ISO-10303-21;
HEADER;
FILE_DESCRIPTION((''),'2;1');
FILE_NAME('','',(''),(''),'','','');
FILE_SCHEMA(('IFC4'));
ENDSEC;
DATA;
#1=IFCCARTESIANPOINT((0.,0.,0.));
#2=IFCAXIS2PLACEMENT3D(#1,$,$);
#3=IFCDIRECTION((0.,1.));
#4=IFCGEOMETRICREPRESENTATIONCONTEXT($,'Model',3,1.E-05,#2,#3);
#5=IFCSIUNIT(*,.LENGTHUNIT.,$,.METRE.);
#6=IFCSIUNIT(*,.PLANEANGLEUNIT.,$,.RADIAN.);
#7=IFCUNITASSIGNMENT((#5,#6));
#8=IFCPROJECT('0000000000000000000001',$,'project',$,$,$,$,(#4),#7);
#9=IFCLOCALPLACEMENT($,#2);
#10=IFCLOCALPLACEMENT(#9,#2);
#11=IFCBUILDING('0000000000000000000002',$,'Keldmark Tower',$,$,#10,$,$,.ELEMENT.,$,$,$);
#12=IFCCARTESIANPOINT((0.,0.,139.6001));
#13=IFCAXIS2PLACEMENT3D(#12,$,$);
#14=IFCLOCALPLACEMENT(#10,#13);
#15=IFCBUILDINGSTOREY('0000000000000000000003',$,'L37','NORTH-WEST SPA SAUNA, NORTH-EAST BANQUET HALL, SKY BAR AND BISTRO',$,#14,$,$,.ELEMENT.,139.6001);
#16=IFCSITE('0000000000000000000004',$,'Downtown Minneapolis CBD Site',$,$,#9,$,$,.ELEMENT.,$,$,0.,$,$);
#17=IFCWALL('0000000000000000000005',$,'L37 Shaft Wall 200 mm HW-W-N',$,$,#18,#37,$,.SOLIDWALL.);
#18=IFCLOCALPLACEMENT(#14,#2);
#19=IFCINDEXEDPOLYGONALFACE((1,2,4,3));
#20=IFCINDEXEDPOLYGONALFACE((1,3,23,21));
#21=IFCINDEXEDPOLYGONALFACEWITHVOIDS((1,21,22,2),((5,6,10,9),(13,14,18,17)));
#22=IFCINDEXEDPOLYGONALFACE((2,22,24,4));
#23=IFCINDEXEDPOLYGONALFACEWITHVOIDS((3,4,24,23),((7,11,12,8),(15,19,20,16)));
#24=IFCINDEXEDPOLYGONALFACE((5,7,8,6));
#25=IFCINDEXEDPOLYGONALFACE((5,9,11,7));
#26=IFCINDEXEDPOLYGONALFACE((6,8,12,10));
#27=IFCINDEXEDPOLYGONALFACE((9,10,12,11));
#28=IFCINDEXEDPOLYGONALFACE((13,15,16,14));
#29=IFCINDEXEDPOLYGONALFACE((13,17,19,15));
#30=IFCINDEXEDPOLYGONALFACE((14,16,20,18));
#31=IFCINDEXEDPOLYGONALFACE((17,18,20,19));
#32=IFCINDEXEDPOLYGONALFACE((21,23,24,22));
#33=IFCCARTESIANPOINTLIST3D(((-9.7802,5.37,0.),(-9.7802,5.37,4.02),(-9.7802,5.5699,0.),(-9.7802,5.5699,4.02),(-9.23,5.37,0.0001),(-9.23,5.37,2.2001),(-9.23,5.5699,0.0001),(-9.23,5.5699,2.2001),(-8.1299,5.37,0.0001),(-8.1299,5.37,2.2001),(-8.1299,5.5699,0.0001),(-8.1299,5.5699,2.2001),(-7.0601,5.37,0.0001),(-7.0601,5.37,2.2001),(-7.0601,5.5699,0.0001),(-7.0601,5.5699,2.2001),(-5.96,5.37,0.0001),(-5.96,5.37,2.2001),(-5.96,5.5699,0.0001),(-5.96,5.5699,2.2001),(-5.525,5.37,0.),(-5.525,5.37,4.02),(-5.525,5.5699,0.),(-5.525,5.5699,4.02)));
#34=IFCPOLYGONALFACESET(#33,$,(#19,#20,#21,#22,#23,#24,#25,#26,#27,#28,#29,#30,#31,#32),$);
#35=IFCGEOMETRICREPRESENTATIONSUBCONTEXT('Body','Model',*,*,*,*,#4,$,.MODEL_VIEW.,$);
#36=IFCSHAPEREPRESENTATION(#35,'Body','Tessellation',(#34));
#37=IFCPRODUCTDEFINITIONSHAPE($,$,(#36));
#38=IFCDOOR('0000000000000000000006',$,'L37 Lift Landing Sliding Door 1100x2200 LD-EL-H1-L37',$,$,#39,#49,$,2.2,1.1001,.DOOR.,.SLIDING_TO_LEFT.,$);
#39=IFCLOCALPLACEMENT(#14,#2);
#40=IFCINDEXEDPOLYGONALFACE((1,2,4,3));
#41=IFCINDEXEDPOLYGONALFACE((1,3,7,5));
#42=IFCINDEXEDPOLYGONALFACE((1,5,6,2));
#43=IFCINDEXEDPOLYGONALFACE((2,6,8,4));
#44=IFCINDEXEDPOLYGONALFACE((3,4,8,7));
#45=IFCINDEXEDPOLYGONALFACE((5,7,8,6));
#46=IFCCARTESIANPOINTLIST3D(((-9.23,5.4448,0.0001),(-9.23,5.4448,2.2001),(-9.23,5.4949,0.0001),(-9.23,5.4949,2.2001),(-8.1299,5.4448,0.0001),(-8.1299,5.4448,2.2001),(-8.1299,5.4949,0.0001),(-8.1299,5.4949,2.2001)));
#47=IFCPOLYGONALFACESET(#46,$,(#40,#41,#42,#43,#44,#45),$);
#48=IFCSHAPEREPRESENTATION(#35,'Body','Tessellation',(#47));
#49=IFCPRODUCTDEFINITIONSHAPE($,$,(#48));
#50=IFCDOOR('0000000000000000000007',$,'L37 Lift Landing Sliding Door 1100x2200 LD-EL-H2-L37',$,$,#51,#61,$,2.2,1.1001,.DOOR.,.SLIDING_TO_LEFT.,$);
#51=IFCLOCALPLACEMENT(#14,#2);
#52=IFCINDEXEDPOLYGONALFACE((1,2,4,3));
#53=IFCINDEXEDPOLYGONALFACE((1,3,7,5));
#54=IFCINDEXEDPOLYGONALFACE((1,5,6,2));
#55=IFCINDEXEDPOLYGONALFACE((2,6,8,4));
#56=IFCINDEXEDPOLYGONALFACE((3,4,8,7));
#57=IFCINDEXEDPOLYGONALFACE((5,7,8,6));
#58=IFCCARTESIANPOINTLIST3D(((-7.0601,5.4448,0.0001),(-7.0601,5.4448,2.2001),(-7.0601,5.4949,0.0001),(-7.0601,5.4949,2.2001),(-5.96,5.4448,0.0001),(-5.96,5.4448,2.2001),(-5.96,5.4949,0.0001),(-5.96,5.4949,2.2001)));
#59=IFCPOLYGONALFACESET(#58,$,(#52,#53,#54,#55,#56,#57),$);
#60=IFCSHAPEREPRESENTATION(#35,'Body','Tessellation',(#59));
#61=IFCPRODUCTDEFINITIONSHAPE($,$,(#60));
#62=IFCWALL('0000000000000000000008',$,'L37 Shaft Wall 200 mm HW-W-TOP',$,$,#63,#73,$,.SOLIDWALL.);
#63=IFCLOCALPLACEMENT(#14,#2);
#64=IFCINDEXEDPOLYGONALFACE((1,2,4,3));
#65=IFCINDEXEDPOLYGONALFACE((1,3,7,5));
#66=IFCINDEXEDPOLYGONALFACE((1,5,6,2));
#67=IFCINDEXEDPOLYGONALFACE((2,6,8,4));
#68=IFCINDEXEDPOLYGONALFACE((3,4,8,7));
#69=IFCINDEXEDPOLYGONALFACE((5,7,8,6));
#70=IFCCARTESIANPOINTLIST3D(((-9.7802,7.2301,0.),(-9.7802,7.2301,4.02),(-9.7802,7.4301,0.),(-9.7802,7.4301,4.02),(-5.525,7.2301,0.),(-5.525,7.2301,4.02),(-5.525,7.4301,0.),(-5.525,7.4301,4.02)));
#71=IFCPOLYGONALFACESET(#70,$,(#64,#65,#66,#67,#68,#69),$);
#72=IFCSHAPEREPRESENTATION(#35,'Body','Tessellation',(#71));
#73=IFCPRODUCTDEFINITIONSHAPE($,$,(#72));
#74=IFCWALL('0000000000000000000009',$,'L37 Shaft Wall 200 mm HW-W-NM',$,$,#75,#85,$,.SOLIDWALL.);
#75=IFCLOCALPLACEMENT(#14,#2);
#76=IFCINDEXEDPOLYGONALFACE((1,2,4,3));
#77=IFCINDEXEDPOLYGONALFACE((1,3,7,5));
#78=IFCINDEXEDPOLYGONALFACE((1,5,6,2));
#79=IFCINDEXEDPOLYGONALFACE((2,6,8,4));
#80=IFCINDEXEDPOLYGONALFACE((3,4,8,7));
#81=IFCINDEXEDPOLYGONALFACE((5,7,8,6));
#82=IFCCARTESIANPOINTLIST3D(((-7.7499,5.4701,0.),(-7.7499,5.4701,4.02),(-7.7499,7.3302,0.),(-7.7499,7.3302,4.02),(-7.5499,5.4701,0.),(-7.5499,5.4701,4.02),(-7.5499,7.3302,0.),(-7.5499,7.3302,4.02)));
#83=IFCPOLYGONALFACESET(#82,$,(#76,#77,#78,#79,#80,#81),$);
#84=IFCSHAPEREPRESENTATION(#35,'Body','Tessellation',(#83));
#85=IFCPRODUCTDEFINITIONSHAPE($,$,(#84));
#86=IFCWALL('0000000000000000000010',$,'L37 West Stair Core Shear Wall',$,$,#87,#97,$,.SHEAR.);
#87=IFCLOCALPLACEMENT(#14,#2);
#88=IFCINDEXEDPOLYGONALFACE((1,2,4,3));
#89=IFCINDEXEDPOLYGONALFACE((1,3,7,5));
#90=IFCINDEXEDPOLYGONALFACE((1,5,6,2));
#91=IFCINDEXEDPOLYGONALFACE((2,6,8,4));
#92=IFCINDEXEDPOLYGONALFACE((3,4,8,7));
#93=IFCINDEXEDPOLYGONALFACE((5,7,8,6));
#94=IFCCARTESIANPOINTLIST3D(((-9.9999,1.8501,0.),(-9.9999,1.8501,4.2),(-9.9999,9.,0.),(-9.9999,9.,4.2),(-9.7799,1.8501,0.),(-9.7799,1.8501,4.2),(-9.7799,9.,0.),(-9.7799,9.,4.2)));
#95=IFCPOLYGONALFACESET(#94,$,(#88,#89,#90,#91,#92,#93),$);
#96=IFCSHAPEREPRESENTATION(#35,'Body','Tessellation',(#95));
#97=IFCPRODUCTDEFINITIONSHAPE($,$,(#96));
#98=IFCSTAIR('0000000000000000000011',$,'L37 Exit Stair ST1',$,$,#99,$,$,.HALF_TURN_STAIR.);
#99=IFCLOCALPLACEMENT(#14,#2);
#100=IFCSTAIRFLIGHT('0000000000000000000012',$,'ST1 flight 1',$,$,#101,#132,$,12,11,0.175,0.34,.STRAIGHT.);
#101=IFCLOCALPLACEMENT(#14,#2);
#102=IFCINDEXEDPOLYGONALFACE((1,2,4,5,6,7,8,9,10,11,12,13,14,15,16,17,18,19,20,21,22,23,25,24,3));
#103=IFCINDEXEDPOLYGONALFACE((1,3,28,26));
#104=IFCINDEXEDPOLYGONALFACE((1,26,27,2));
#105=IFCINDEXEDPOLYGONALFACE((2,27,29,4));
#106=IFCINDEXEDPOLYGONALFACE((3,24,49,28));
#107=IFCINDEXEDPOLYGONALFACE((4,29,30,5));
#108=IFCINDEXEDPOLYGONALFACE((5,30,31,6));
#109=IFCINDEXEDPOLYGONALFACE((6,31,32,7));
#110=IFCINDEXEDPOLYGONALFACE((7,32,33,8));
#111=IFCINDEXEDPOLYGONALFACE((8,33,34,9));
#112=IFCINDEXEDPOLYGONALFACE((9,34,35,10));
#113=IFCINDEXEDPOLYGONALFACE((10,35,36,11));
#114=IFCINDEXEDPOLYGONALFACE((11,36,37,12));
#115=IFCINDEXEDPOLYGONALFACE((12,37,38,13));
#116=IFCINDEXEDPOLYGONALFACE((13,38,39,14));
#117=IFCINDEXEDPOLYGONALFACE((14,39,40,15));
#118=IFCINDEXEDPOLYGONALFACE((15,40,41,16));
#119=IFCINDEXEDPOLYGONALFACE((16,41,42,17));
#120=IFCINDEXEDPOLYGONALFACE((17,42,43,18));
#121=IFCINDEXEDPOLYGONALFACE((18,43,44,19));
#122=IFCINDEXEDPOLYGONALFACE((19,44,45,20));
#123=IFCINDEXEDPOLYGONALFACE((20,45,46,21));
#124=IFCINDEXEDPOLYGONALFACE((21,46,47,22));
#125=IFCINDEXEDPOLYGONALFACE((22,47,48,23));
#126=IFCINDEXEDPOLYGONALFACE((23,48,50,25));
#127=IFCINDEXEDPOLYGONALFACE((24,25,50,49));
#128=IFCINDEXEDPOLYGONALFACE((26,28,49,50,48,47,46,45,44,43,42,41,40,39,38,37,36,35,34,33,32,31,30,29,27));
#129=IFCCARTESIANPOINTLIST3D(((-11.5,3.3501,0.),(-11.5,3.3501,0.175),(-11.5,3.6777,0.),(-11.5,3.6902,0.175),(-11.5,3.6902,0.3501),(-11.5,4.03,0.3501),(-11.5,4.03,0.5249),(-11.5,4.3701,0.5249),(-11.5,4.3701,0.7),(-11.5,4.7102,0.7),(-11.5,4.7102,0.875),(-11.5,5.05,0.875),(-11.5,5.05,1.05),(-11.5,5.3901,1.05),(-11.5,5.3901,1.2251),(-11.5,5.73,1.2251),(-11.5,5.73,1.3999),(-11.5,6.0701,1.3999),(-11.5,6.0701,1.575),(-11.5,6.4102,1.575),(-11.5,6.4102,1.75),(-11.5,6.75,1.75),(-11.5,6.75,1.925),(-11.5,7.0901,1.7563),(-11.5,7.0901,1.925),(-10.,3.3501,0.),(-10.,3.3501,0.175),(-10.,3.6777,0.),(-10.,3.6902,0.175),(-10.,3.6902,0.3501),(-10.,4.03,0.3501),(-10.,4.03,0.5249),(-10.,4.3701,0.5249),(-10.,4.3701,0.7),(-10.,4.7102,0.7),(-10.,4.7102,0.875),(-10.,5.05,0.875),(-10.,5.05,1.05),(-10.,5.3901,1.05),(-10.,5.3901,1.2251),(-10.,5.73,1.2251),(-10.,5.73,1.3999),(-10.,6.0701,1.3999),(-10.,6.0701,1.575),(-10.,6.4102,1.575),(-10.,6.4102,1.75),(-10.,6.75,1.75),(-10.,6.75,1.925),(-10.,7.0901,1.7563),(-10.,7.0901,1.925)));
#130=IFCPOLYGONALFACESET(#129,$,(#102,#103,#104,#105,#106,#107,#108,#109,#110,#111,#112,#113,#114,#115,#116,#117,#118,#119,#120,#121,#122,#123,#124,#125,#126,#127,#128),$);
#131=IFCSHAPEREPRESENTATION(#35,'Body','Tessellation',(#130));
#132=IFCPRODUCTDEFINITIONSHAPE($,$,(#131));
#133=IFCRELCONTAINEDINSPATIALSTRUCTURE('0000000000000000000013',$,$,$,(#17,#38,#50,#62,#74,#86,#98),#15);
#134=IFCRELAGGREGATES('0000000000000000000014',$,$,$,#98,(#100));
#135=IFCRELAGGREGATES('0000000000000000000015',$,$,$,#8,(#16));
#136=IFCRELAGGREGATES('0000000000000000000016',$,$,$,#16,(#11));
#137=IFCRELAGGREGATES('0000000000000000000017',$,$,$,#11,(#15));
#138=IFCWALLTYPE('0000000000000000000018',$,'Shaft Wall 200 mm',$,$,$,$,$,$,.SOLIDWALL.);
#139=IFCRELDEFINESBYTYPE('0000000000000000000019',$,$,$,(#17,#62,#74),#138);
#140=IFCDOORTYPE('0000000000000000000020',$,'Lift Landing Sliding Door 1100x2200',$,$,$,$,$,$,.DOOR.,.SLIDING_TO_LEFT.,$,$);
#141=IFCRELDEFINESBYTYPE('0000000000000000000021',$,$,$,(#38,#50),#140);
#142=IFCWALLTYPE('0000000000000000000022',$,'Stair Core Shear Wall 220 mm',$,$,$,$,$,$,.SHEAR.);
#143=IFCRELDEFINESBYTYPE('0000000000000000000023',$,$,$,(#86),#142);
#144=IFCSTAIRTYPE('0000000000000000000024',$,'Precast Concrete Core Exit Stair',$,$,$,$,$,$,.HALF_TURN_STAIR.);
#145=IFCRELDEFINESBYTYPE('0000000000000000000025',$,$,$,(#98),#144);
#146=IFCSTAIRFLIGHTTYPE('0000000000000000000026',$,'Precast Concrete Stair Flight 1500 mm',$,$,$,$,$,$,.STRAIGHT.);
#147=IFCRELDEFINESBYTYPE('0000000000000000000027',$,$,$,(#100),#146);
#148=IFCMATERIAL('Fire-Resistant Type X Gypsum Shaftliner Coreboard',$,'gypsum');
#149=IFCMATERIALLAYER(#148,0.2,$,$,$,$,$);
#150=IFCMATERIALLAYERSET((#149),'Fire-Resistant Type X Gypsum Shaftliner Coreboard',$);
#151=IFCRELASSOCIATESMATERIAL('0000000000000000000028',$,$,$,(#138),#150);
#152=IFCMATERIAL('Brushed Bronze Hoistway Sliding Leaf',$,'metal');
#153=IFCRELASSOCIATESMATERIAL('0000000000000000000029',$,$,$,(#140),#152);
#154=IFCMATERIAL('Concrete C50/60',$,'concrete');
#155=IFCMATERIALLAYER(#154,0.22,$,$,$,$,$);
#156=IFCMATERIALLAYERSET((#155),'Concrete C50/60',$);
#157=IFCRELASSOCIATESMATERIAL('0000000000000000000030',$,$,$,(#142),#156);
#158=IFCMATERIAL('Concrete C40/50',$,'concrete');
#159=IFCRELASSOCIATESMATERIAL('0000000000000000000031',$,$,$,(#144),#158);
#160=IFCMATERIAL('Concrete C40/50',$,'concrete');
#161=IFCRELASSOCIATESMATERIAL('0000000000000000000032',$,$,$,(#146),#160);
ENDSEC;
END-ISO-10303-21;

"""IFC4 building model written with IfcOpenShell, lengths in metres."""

from ifc_helpers import new_model, si_unit, direction, frame, frame_2d, origin, place, context, subcontext, project, spatial, polyline, rectangle, outline, extrude, material, layer, layer_set, type_object, element, fill, aggregate, save


model = new_model("IFC4")

# Units and contexts
model_context = context("Model", 3, precision=1e-05, world=origin(), true_north=direction((0.0, 1.0)))
body_context = subcontext(model_context, "Body", "Model", "MODEL_VIEW")
ifc_project = project(units=[si_unit("LENGTHUNIT", "METRE"), si_unit("PLANEANGLEUNIT", "RADIAN")], contexts=[model_context])

# Site, building, storey
site_placement = place(None, origin())
site = spatial("IfcSite", under=ifc_project, at=site_placement, Name="Downtown Minneapolis CBD Site", CompositionType="ELEMENT", RefElevation=0.0)
building_placement = place(site_placement, origin())
building = spatial("IfcBuilding", under=site, at=building_placement, Name="Keldmark Tower", CompositionType="ELEMENT")
storey_placement = place(building_placement, frame((0.0, 0.0, 139.6001)))
storey = spatial("IfcBuildingStorey", under=building, at=storey_placement, Name="L37", Description="NORTH-WEST SPA SAUNA, NORTH-EAST BANQUET HALL, SKY BAR AND BISTRO", CompositionType="ELEMENT", Elevation=139.6001)

# Shared definitions
ifc_material_1 = material(Name="Fire-Resistant Type X Gypsum Shaftliner Coreboard", Category="gypsum")
ifc_layer_1 = layer(ifc_material_1, 0.2)
ifc_layer_set_1 = layer_set([ifc_layer_1], Name="Fire-Resistant Type X Gypsum Shaftliner Coreboard")
wall_type_1 = type_object("IfcWallType", Name="Shaft Wall 200 mm", PredefinedType="SOLIDWALL", material=ifc_layer_set_1)
ifc_material_2 = material(Name="Brushed Bronze Hoistway Sliding Leaf", Category="metal")
door_type_1 = type_object("IfcDoorType", Name="Lift Landing Sliding Door 1100x2200", OperationType="SLIDING_TO_LEFT", PredefinedType="DOOR", material=ifc_material_2)

# Wall, openings, doors
wall_1_placement = place(storey_placement, frame((-9.78, 5.47, 0.0), z_axis=(0.0, 0.0, 1.0), x_axis=(1.0, 0.0, 0.0)))
wall_1 = element("IfcWall", 1, at=wall_1_placement, inside=storey, type_object=wall_type_1, Name="L37 Shaft Wall 200 mm HW-W-N", PredefinedType="SOLIDWALL", context=body_context, shape_type="SweptSolid", body=[
    extrude(rectangle(XDim=4.2551, YDim=0.2, at=frame_2d((2.1274, 0.0))), origin(), (0.0, 0.0, 1.0), 4.02),
])
opening_1_placement = place(wall_1_placement, frame((0.55, 0.0, 0.0)))
opening_1 = element("IfcOpeningElement", 2, at=opening_1_placement, cuts=wall_1, PredefinedType="OPENING", context=body_context, shape_type="SweptSolid", body=[
    extrude(rectangle(XDim=1.1001, YDim=2.2, at=frame_2d((0.55, 1.1001))), frame((0.0, 0.1099, 0.0), z_axis=(0.0, -1.0, 0.0), x_axis=(1.0, 0.0, 0.0)), (0.0, 0.0, 1.0), 0.22),
])
opening_2_placement = place(wall_1_placement, frame((2.72, 0.0, 0.0)))
opening_2 = element("IfcOpeningElement", 3, at=opening_2_placement, cuts=wall_1, PredefinedType="OPENING", context=body_context, shape_type="SweptSolid", body=[
    extrude(rectangle(XDim=1.1001, YDim=2.2, at=frame_2d((0.55, 1.1001))), frame((0.0, 0.1099, 0.0), z_axis=(0.0, -1.0, 0.0), x_axis=(1.0, 0.0, 0.0)), (0.0, 0.0, 1.0), 0.22),
])
door_1_placement = place(opening_1_placement, origin())
door_1 = element("IfcDoor", 4, at=door_1_placement, inside=storey, type_object=door_type_1, Name="L37 Lift Landing Sliding Door 1100x2200 LD-EL-H1-L37", OperationType="SLIDING_TO_LEFT", OverallHeight=2.2, OverallWidth=1.1001, PredefinedType="DOOR", context=body_context, shape_type="SweptSolid", body=[
    extrude(rectangle(XDim=1.1001, YDim=2.2, at=frame_2d((0.55, 1.1001))), frame((0.0, 0.0249, 0.0), z_axis=(0.0, -1.0, 0.0), x_axis=(1.0, 0.0, 0.0)), (0.0, 0.0, 1.0), 0.05),
])
fill(opening_1, door_1)
door_2_placement = place(opening_2_placement, origin())
door_2 = element("IfcDoor", 5, at=door_2_placement, inside=storey, type_object=door_type_1, Name="L37 Lift Landing Sliding Door 1100x2200 LD-EL-H2-L37", OperationType="SLIDING_TO_LEFT", OverallHeight=2.2, OverallWidth=1.1001, PredefinedType="DOOR", context=body_context, shape_type="SweptSolid", body=[
    extrude(rectangle(XDim=1.1001, YDim=2.2, at=frame_2d((0.55, 1.1001))), frame((0.0, 0.0249, 0.0), z_axis=(0.0, -1.0, 0.0), x_axis=(1.0, 0.0, 0.0)), (0.0, 0.0, 1.0), 0.05),
])
fill(opening_2, door_2)

# Walls
wall_2_placement = place(storey_placement, frame((-9.78, 7.3301, 0.0), z_axis=(0.0, 0.0, 1.0), x_axis=(1.0, 0.0, 0.0)))
element("IfcWall", 6, at=wall_2_placement, inside=storey, type_object=wall_type_1, Name="L37 Shaft Wall 200 mm HW-W-TOP", PredefinedType="SOLIDWALL", context=body_context, shape_type="SweptSolid", body=[
    extrude(rectangle(XDim=4.2551, YDim=0.2, at=frame_2d((2.1274, 0.0))), origin(), (0.0, 0.0, 1.0), 4.02),
])
wall_3_placement = place(storey_placement, frame((-7.6499, 5.47, 0.0), z_axis=(0.0, 0.0, 1.0), x_axis=(0.0, 1.0, 0.0)))
element("IfcWall", 7, at=wall_3_placement, inside=storey, type_object=wall_type_1, Name="L37 Shaft Wall 200 mm HW-W-NM", PredefinedType="SOLIDWALL", context=body_context, shape_type="SweptSolid", body=[
    extrude(rectangle(XDim=1.8601, YDim=0.2, at=frame_2d((0.9302, 0.0))), origin(), (0.0, 0.0, 1.0), 4.02),
])
ifc_material_3 = material(Name="Concrete C50/60", Category="concrete")
ifc_layer_2 = layer(ifc_material_3, 0.22)
ifc_layer_set_2 = layer_set([ifc_layer_2], Name="Concrete C50/60")
wall_type_2 = type_object("IfcWallType", Name="Stair Core Shear Wall 220 mm", PredefinedType="SHEAR", material=ifc_layer_set_2)
wall_4_placement = place(storey_placement, frame((-9.8899, 1.8501, 0.0), z_axis=(0.0, 0.0, 1.0), x_axis=(0.0, 1.0, 0.0)))
element("IfcWall", 8, at=wall_4_placement, inside=storey, type_object=wall_type_2, Name="L37 West Stair Core Shear Wall", PredefinedType="SHEAR", context=body_context, shape_type="SweptSolid", body=[
    extrude(rectangle(XDim=7.1499, YDim=0.22, at=frame_2d((3.575, 0.0))), origin(), (0.0, 0.0, 1.0), 4.2),
])

# Stair, stair flight
ifc_material_4 = material(Name="Concrete C40/50", Category="concrete")
stair_type = type_object("IfcStairType", Name="Precast Concrete Core Exit Stair", PredefinedType="HALF_TURN_STAIR", material=ifc_material_4)
stair_placement = place(storey_placement, origin())
stair = element("IfcStair", 9, at=stair_placement, inside=storey, type_object=stair_type, Name="L37 Exit Stair ST1", PredefinedType="HALF_TURN_STAIR")
ifc_material_5 = material(Name="Concrete C40/50", Category="concrete")
stair_flight_type = type_object("IfcStairFlightType", Name="Precast Concrete Stair Flight 1500 mm", PredefinedType="STRAIGHT", material=ifc_material_5)
stair_flight_placement = place(storey_placement, frame((-10.75, 3.3501, 0.0), z_axis=(0.0, 0.0, 1.0), x_axis=(0.0, 1.0, 0.0)))
stair_flight = element("IfcStairFlight", 10, at=stair_flight_placement, type_object=stair_flight_type, Name="ST1 flight 1", NumberOfRisers=12, NumberOfTreads=11, PredefinedType="STRAIGHT", RiserHeight=0.175, TreadLength=0.34, context=body_context, shape_type="SweptSolid", body=[
    extrude(outline(polyline([(0.0, 0.0), (0.0, 0.175), (0.3401, 0.175), (0.3401, 0.3501), (0.6799, 0.3501), (0.6799, 0.5249), (1.02, 0.5249), (1.02, 0.7), (1.3601, 0.7), (1.3601, 0.875), (1.7, 0.875), (1.7, 1.05), (2.04, 1.05), (2.04, 1.2251), (2.3799, 1.2251), (2.3799, 1.3999), (2.72, 1.3999), (2.72, 1.575), (3.0601, 1.575), (3.0601, 1.75), (3.3999, 1.75), (3.3999, 1.925), (3.74, 1.925), (3.74, 2.1001), (3.74, 1.7563), (0.3276, 0.0), (0.0, 0.0)])), frame((0.0, 0.75, 0.0), z_axis=(0.0, -1.0, 0.0), x_axis=(1.0, 0.0, 0.0)), (0.0, 0.0, 1.0), 1.5),
])
aggregate(stair, [stair_flight])

save(model, "model.ifc")
